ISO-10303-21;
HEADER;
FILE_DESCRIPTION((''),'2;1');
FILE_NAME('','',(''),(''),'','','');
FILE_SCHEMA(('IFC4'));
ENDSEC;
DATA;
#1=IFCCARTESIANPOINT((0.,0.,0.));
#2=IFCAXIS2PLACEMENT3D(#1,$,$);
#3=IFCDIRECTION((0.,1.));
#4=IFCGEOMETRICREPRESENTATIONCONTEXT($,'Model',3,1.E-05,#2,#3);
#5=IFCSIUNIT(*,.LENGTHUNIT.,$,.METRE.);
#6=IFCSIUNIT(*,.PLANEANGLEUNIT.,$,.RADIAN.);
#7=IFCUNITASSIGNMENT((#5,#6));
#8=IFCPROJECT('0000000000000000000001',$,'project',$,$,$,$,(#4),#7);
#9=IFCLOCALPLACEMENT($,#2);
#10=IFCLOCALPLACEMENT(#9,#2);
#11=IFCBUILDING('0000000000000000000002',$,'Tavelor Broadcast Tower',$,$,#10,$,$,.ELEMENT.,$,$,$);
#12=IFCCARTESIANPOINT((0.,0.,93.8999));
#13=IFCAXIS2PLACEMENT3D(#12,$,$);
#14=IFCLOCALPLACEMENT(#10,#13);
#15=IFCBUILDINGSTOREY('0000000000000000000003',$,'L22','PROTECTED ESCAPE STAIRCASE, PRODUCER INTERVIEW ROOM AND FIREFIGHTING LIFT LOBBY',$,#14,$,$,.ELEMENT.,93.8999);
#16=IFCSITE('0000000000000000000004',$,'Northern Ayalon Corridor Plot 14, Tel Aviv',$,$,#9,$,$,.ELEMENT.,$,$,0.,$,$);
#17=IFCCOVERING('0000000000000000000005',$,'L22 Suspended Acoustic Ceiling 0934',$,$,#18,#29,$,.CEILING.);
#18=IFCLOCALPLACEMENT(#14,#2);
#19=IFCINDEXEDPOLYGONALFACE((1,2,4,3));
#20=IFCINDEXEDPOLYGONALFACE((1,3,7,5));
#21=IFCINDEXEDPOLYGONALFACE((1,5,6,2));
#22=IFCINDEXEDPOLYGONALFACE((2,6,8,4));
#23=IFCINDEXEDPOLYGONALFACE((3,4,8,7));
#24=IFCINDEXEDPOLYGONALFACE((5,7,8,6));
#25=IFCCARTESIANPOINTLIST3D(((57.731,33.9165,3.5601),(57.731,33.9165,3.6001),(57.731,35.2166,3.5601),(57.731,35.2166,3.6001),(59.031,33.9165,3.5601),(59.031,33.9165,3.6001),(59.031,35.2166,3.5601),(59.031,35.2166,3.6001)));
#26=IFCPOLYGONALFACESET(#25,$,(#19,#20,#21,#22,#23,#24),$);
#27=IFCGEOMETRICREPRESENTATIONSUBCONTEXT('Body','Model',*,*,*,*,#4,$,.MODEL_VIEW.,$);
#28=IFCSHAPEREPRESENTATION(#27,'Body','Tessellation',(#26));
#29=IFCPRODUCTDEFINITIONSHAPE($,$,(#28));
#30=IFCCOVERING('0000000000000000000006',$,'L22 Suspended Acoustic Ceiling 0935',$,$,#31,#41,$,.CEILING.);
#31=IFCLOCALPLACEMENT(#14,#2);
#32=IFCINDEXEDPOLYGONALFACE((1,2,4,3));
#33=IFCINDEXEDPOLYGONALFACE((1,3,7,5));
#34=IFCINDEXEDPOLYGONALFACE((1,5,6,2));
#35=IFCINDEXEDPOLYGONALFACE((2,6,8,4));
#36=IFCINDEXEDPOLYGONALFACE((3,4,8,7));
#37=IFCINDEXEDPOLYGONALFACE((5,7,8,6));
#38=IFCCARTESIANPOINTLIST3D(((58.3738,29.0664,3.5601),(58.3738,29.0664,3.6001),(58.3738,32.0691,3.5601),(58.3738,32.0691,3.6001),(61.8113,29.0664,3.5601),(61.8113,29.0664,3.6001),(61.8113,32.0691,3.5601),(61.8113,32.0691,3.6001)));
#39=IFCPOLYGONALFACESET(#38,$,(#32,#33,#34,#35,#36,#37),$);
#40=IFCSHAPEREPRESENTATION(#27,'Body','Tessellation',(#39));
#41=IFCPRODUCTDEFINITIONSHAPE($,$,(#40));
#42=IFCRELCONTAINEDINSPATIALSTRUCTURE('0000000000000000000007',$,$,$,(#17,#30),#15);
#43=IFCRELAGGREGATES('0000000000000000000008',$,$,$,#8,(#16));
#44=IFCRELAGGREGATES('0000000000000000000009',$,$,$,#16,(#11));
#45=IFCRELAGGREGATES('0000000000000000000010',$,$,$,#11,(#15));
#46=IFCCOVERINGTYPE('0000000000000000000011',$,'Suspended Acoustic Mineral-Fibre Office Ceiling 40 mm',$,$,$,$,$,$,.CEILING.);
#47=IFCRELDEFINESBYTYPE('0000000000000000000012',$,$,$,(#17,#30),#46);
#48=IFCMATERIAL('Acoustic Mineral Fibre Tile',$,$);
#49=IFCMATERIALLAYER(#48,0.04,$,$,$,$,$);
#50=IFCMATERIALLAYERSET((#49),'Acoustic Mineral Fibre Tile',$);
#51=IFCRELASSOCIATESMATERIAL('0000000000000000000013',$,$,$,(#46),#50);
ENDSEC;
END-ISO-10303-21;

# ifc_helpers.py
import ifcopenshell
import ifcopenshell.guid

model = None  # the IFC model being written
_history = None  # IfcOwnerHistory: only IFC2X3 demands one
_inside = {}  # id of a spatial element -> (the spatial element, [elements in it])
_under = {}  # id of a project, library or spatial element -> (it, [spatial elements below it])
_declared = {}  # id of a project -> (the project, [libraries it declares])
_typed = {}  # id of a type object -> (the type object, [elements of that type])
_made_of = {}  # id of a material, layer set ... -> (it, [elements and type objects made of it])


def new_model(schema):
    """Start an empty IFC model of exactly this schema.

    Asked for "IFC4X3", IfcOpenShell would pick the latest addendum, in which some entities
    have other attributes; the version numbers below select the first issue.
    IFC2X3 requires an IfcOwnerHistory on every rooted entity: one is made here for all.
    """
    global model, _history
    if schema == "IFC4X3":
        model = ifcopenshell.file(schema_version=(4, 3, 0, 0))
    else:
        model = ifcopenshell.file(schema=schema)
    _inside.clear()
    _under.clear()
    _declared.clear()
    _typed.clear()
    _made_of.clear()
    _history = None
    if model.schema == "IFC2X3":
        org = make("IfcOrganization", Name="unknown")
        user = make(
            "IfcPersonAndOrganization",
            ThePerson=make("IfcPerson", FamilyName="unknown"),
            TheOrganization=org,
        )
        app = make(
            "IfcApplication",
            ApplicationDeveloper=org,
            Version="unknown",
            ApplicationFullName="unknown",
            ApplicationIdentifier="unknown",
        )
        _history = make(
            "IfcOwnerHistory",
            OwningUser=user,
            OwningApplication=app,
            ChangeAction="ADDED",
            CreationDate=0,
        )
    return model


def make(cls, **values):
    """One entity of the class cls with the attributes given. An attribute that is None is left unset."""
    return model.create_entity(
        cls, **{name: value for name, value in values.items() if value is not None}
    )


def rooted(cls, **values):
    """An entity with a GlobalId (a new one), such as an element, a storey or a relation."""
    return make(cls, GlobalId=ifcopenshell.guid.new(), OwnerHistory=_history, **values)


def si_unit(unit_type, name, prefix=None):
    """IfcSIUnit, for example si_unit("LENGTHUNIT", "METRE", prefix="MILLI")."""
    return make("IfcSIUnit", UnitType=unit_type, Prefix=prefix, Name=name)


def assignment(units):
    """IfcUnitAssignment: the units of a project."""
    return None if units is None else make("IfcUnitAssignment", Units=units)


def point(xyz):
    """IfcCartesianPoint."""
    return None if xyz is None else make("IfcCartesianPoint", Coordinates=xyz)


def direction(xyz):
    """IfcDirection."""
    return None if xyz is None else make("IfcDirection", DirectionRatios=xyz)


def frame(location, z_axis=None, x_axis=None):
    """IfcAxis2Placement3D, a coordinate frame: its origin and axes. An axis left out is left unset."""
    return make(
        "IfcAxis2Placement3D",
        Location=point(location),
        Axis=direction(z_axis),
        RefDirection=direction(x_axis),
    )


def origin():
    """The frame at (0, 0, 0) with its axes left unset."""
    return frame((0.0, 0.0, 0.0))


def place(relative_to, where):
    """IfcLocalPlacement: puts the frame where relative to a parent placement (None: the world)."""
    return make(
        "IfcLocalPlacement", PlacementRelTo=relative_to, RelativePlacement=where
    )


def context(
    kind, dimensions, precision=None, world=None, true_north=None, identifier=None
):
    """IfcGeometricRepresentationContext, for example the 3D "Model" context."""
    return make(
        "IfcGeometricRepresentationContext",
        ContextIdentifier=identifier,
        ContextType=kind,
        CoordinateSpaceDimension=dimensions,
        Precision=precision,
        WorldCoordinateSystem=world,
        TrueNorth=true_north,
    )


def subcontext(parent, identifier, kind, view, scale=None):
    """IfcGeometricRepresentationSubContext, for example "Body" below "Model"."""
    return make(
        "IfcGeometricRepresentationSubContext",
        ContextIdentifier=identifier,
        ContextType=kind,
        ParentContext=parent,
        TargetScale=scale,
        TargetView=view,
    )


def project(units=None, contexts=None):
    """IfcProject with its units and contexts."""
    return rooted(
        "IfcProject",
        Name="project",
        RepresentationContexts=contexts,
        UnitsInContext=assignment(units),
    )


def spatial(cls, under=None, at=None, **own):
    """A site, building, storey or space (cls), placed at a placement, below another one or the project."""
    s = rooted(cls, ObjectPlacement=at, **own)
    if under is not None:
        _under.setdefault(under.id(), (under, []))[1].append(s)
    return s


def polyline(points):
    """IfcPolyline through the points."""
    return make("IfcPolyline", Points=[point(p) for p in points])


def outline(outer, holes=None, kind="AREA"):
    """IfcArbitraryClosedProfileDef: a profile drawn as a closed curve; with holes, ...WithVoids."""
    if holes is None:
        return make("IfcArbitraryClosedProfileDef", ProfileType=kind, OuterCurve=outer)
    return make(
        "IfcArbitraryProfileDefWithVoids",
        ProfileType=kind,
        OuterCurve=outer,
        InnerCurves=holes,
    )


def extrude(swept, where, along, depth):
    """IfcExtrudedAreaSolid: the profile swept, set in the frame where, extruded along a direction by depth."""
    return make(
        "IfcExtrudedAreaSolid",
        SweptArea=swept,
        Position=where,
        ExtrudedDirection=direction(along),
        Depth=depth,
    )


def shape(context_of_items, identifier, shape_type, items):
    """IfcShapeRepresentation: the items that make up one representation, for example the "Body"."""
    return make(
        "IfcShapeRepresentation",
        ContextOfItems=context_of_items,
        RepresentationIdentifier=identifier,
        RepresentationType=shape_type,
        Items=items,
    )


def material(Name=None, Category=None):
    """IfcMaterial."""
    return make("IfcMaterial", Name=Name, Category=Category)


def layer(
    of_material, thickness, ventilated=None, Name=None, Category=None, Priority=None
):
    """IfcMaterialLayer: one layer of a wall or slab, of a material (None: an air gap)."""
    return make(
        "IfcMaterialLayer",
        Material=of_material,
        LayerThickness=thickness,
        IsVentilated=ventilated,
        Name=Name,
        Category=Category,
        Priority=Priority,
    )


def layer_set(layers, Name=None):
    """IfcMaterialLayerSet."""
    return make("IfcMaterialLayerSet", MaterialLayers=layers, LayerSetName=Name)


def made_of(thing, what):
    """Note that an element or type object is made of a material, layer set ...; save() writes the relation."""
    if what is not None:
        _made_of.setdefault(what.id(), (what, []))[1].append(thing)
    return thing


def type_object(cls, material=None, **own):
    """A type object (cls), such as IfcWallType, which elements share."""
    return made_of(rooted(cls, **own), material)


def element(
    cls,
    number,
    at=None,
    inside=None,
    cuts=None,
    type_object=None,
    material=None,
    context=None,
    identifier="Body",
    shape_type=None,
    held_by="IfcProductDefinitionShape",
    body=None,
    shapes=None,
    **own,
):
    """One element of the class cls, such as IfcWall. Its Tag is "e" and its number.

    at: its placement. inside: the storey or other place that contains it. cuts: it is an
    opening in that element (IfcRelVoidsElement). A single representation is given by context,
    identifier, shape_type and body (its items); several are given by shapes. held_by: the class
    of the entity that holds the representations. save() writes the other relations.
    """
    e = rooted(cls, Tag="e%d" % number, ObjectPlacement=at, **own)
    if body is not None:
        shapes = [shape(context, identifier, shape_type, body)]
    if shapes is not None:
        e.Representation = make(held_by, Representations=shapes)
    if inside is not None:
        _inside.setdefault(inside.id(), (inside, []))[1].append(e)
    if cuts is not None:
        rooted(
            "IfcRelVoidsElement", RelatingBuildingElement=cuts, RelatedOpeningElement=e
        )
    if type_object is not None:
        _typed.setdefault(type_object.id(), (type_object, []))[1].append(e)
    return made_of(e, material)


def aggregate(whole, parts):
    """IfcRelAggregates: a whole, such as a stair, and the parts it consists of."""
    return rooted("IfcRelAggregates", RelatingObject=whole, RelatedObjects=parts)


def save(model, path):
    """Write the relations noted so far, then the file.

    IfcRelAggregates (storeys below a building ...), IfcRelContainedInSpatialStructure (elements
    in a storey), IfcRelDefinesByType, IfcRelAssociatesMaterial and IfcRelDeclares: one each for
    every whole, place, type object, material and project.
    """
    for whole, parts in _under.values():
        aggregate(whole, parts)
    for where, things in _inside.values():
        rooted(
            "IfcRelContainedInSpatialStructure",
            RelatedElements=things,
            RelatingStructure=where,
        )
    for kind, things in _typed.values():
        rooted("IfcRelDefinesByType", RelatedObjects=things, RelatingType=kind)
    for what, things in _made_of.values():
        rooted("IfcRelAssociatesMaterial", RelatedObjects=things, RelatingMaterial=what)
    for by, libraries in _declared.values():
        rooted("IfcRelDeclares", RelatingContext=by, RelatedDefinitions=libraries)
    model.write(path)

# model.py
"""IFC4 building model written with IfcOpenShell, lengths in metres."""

from ifc_helpers import new_model, si_unit, direction, frame, origin, place, context, subcontext, project, spatial, polyline, outline, extrude, material, layer, layer_set, type_object, element, save


model = new_model("IFC4")

# Units and contexts
model_context = context("Model", 3, precision=1e-05, world=origin(), true_north=direction((0.0, 1.0)))
body_context = subcontext(model_context, "Body", "Model", "MODEL_VIEW")
ifc_project = project(units=[si_unit("LENGTHUNIT", "METRE"), si_unit("PLANEANGLEUNIT", "RADIAN")], contexts=[model_context])

# Site, building, storey
site_placement = place(None, origin())
site = spatial("IfcSite", under=ifc_project, at=site_placement, Name="Northern Ayalon Corridor Plot 14, Tel Aviv", CompositionType="ELEMENT", RefElevation=0.0)
building_placement = place(site_placement, origin())
building = spatial("IfcBuilding", under=site, at=building_placement, Name="Tavelor Broadcast Tower", CompositionType="ELEMENT")
storey_placement = place(building_placement, frame((0.0, 0.0, 93.8999)))
storey = spatial("IfcBuildingStorey", under=building, at=storey_placement, Name="L22", Description="PROTECTED ESCAPE STAIRCASE, PRODUCER INTERVIEW ROOM AND FIREFIGHTING LIFT LOBBY", CompositionType="ELEMENT", Elevation=93.8999)

# Coverings
ifc_material_1 = material(Name="Acoustic Mineral Fibre Tile")
ifc_layer_1 = layer(ifc_material_1, 0.04)
ifc_layer_set_1 = layer_set([ifc_layer_1], Name="Acoustic Mineral Fibre Tile")
covering_type_1 = type_object("IfcCoveringType", Name="Suspended Acoustic Mineral-Fibre Office Ceiling 40 mm", PredefinedType="CEILING", material=ifc_layer_set_1)
covering_1_placement = place(storey_placement, frame((0.0, 0.0, 3.5601)))
element("IfcCovering", 1, at=covering_1_placement, inside=storey, type_object=covering_type_1, Name="L22 Suspended Acoustic Ceiling 0934", PredefinedType="CEILING", context=body_context, shape_type="SweptSolid", body=[
    extrude(outline(polyline([(57.731, 33.9165), (59.031, 33.9165), (59.031, 35.2166), (57.731, 35.2166), (57.731, 33.9165)])), origin(), (0.0, 0.0, 1.0), 0.04),
])
covering_2_placement = place(storey_placement, frame((0.0, 0.0, 3.5601)))
element("IfcCovering", 2, at=covering_2_placement, inside=storey, type_object=covering_type_1, Name="L22 Suspended Acoustic Ceiling 0935", PredefinedType="CEILING", context=body_context, shape_type="SweptSolid", body=[
    extrude(outline(polyline([(58.3738, 29.0664), (61.8113, 29.0664), (61.8113, 32.0691), (58.3738, 32.0691), (58.3738, 29.0664)])), origin(), (0.0, 0.0, 1.0), 0.04),
])

save(model, "model.ifc")
